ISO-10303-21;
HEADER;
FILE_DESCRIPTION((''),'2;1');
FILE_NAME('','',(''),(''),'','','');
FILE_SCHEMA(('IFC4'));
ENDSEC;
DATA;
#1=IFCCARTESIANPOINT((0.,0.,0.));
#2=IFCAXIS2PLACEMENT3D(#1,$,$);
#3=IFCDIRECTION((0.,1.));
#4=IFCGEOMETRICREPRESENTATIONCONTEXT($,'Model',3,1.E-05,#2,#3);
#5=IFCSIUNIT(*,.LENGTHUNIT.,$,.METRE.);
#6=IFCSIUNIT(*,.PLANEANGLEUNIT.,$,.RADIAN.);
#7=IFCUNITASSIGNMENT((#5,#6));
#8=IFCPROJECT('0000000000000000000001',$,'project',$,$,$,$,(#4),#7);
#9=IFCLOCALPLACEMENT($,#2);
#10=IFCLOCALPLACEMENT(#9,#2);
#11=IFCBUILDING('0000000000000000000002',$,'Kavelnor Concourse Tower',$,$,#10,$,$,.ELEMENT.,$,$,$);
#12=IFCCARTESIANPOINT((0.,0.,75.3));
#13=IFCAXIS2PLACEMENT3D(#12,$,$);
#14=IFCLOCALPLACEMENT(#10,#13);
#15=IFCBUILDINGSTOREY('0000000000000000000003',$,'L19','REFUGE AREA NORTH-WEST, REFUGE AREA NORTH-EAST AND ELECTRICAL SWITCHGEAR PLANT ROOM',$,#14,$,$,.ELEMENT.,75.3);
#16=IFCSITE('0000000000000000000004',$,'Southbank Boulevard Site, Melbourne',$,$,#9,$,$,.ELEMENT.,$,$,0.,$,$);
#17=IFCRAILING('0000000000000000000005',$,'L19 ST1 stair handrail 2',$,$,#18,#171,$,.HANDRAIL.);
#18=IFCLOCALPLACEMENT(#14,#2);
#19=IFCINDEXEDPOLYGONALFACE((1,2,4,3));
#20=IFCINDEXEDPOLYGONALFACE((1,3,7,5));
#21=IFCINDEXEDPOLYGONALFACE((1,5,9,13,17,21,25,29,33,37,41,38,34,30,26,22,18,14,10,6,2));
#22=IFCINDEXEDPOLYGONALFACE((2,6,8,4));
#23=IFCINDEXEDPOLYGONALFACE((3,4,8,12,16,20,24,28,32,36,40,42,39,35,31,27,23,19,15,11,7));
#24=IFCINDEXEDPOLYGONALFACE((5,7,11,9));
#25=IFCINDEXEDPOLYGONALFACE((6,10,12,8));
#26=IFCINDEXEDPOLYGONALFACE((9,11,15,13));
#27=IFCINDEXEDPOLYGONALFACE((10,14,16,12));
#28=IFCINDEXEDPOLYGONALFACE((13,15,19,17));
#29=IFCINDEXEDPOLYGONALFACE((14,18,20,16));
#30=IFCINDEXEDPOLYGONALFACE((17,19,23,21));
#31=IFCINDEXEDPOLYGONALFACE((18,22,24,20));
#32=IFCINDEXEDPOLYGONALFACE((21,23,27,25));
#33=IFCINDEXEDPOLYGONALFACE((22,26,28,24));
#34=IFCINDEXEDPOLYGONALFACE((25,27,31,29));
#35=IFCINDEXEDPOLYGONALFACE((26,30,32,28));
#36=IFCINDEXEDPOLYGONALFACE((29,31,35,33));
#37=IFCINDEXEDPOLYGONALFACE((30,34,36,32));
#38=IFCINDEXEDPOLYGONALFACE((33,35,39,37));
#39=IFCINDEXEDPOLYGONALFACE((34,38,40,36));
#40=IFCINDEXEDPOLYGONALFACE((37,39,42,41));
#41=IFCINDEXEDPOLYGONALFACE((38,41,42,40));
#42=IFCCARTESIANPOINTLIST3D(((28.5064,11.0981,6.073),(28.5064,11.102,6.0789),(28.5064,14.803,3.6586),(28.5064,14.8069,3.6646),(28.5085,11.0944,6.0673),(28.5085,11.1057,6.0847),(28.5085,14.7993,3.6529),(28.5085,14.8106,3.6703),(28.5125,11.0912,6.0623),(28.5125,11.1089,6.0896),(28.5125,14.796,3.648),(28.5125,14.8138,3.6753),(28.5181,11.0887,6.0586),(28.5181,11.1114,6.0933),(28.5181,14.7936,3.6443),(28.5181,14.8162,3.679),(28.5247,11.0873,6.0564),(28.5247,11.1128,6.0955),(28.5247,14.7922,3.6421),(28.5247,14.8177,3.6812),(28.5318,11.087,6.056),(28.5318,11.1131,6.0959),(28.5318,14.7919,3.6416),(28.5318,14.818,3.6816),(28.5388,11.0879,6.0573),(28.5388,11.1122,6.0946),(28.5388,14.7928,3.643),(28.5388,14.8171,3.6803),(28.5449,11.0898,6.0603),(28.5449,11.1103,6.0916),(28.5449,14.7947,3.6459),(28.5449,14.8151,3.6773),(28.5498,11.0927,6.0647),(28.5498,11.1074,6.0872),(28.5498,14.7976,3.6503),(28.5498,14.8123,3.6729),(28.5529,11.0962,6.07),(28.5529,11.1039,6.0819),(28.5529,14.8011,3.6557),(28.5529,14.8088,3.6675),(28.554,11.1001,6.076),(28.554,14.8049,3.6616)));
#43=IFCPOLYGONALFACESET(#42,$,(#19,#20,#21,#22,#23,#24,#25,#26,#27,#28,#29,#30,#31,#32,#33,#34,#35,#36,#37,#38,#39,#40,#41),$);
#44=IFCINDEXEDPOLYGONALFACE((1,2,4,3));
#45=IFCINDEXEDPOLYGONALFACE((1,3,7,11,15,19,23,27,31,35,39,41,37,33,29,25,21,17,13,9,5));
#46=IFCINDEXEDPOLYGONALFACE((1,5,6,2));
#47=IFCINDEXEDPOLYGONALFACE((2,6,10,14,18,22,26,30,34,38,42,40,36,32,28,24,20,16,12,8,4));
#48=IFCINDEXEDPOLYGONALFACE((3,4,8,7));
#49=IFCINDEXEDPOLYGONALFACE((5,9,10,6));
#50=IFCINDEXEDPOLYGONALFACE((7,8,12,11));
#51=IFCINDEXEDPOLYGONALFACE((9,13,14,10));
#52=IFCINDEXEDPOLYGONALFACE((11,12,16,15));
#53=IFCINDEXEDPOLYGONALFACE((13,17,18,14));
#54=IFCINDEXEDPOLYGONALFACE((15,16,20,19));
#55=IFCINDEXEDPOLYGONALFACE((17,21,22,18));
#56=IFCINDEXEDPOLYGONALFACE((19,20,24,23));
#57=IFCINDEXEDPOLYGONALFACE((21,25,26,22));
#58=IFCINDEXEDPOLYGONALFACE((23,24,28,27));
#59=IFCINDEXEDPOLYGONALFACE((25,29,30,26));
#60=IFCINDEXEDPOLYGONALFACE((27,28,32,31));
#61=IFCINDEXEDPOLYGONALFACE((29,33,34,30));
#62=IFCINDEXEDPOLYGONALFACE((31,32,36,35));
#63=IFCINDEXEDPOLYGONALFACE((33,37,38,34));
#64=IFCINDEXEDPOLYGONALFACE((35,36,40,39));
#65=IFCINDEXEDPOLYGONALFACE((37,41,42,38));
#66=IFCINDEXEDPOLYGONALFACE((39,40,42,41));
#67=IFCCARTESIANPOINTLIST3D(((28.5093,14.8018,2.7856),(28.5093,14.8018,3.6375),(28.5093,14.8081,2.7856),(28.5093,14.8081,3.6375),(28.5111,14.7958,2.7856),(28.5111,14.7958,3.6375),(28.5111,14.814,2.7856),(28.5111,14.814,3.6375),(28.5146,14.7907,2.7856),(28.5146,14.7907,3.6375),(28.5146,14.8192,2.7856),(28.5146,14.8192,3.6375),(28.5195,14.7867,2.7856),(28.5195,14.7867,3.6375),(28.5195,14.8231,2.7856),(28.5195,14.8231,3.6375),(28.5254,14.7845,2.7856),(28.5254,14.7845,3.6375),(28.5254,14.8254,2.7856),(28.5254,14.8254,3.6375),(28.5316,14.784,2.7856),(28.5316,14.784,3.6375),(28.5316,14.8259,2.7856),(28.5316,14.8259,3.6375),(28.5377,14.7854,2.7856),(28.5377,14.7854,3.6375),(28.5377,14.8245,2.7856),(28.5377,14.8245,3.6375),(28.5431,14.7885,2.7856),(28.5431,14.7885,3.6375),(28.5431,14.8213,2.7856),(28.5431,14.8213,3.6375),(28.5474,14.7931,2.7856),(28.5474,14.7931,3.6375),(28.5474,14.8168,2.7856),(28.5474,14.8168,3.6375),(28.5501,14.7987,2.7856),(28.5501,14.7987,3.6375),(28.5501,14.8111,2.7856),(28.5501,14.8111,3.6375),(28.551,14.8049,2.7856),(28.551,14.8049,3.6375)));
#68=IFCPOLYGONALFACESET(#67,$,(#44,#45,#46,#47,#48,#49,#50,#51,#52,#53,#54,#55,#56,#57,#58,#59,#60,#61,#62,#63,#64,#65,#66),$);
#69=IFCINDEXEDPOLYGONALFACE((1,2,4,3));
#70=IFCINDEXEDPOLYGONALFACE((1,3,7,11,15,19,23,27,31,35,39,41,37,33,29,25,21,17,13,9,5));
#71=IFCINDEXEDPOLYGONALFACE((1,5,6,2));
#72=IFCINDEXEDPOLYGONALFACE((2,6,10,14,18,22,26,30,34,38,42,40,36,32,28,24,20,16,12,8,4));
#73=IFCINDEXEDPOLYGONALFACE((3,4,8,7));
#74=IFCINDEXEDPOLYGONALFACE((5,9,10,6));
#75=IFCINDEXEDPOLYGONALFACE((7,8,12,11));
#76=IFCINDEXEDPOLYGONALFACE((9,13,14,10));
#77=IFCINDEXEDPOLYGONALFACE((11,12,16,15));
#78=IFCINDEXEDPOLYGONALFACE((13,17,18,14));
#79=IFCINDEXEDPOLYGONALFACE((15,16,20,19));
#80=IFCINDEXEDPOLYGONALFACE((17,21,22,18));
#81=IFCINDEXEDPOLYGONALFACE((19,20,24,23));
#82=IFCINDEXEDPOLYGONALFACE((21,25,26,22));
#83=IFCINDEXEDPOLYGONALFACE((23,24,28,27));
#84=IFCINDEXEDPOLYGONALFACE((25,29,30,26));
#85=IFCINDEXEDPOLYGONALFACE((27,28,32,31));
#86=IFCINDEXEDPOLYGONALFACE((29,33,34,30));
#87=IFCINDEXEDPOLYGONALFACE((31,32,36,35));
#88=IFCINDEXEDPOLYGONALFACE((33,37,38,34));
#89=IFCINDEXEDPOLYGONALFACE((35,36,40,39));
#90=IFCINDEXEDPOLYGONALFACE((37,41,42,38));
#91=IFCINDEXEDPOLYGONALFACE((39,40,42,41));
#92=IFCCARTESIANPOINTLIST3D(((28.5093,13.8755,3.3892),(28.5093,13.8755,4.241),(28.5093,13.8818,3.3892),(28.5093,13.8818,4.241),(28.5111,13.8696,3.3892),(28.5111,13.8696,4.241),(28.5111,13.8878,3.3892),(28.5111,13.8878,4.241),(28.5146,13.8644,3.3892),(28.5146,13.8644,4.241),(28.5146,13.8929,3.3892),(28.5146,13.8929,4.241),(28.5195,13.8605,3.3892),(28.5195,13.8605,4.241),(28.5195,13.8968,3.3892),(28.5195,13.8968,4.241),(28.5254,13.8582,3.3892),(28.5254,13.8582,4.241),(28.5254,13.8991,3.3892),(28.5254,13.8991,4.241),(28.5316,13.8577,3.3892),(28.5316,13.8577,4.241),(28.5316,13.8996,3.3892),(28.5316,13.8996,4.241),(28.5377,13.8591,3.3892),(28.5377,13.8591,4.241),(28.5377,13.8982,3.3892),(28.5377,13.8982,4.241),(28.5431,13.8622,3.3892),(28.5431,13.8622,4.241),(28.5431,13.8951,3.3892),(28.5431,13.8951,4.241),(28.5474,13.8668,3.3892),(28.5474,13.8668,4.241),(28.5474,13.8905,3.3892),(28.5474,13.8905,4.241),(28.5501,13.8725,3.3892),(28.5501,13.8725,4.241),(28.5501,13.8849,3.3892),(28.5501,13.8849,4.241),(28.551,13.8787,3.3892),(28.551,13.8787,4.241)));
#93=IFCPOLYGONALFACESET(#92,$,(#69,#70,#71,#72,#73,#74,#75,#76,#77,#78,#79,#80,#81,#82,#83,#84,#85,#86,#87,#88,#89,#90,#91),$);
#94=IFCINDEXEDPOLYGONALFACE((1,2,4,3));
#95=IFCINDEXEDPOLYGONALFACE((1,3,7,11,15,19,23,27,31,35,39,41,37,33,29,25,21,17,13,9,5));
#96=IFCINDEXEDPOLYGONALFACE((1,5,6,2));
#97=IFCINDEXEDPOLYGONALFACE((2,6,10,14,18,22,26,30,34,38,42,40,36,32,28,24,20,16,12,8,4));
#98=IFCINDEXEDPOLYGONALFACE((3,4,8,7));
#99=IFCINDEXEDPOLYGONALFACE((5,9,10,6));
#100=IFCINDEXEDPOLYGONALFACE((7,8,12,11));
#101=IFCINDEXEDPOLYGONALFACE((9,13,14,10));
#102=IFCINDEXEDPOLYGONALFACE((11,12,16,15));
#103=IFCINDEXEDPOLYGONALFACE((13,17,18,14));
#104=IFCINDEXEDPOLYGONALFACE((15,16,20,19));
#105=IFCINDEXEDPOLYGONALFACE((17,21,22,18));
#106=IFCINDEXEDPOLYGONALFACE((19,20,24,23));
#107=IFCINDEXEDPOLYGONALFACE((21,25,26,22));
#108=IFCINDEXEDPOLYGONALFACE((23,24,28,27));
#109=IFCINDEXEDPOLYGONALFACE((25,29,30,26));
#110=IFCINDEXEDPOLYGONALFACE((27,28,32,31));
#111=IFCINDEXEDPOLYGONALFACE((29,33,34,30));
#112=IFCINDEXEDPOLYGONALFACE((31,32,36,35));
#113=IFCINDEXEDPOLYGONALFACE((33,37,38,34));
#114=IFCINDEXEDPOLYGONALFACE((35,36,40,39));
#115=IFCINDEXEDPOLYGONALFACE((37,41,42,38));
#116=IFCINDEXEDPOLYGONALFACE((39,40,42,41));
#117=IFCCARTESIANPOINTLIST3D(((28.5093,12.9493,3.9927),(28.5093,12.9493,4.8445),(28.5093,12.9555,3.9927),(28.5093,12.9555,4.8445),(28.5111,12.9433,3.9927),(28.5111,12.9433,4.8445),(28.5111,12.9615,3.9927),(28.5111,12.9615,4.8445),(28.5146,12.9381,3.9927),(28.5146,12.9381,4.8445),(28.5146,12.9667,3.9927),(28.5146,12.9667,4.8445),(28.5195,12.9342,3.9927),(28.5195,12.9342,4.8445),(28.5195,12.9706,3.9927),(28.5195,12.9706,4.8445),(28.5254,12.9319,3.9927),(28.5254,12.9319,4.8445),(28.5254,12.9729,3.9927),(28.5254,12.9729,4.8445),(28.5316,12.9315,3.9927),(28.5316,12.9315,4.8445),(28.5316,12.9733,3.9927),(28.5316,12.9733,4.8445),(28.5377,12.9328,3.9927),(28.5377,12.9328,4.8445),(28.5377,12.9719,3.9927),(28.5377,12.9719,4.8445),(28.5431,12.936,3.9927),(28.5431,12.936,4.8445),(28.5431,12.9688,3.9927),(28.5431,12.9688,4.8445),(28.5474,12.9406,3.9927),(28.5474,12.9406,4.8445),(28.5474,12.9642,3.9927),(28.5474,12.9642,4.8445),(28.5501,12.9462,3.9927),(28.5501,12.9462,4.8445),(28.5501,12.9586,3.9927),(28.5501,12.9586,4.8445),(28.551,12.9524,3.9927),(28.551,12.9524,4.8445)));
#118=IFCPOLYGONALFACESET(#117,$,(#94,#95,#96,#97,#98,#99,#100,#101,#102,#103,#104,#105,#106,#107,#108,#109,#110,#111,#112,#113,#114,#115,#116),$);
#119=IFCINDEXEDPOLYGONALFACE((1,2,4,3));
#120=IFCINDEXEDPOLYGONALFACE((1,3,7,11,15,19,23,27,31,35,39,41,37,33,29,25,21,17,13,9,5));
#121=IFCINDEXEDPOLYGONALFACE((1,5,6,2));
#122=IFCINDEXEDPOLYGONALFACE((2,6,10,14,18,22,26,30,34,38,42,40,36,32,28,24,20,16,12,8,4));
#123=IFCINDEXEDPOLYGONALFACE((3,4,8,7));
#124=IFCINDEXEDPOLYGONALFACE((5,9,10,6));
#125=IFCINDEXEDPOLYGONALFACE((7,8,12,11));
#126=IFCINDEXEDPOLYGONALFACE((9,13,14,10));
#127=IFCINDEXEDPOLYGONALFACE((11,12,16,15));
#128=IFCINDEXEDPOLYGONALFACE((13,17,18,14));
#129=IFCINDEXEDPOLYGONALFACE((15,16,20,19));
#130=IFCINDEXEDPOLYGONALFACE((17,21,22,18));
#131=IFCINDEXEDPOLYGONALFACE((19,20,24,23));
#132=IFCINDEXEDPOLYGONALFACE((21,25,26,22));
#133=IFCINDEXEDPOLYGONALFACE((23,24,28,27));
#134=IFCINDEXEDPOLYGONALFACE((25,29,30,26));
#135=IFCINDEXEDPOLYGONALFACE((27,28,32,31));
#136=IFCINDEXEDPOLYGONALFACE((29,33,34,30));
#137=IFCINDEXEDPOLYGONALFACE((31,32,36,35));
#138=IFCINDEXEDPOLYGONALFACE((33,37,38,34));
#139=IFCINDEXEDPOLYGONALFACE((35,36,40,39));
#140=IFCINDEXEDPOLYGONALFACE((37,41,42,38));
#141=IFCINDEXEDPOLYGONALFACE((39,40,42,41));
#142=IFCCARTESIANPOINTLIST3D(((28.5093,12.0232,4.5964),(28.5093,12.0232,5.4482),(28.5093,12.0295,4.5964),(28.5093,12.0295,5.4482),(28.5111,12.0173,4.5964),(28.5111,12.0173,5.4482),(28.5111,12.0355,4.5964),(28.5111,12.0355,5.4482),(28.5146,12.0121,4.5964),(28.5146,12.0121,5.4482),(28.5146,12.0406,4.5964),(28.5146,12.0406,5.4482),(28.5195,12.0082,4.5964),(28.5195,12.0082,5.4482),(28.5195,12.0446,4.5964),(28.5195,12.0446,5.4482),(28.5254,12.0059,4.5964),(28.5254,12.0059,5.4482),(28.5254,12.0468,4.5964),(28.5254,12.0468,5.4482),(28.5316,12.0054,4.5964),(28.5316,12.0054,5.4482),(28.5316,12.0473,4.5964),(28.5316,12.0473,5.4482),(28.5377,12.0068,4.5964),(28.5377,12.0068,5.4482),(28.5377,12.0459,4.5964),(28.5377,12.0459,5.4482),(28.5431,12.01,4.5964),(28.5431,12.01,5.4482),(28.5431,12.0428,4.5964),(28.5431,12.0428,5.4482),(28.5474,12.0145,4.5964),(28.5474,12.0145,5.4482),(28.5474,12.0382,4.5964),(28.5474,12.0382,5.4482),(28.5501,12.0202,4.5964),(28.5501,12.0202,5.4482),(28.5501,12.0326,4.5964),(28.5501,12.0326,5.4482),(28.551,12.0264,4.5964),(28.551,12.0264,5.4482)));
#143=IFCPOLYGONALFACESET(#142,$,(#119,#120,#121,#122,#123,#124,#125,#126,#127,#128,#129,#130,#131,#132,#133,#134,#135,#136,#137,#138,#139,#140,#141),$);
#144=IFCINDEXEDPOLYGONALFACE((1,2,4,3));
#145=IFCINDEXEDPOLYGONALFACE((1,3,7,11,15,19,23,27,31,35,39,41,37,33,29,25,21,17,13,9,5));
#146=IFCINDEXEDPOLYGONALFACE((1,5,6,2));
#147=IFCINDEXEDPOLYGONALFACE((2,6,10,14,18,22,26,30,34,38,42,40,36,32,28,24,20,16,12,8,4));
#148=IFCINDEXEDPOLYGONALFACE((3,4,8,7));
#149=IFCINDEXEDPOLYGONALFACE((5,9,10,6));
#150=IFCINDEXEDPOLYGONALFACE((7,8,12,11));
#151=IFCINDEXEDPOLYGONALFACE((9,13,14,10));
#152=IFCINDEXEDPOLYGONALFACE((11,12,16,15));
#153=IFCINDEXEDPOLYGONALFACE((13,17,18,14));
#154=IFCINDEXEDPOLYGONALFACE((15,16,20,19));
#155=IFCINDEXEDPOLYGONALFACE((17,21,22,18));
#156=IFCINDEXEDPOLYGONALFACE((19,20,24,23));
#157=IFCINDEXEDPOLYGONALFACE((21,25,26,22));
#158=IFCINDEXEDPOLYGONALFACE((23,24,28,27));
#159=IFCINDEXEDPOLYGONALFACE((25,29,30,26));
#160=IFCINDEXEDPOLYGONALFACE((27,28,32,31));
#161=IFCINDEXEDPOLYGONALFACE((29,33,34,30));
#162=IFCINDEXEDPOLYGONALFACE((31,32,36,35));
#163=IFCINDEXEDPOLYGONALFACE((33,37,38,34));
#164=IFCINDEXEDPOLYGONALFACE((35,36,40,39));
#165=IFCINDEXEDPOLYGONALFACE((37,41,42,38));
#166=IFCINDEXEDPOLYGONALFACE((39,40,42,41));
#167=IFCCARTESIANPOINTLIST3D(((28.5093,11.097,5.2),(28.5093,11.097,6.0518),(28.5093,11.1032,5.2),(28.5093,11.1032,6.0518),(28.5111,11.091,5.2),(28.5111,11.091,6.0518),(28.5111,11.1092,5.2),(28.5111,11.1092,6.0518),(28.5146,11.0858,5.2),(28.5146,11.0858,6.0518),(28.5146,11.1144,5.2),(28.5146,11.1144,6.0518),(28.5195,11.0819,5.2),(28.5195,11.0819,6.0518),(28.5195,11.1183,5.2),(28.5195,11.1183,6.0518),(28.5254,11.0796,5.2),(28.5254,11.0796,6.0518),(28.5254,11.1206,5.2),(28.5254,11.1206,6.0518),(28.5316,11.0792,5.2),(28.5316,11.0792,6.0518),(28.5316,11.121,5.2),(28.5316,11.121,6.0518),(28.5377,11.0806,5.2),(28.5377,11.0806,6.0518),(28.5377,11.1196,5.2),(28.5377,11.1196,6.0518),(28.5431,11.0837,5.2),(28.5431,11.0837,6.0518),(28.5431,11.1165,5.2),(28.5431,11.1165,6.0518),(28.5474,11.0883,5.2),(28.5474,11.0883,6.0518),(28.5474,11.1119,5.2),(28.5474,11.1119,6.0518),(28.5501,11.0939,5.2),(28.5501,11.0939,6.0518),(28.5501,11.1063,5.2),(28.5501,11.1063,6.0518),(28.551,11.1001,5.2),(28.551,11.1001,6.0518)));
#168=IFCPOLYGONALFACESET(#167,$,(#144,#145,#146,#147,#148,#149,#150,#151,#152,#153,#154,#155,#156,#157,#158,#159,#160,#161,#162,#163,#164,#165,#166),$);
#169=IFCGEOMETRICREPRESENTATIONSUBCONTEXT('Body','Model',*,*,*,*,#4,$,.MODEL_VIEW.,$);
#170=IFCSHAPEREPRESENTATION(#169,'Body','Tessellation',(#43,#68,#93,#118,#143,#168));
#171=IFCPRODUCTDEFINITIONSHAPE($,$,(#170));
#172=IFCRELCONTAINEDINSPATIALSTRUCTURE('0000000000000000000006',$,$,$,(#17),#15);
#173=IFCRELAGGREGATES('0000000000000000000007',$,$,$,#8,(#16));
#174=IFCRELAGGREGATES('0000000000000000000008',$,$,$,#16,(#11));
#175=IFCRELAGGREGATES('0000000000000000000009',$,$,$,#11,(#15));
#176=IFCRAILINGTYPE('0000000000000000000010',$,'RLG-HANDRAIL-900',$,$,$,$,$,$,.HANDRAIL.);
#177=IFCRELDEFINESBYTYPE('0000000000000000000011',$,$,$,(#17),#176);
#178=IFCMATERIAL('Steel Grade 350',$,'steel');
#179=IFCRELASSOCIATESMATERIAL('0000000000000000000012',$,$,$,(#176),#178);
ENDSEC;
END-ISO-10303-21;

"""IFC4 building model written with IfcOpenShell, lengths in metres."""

from ifc_helpers import new_model, si_unit, direction, frame, origin, origin_2d, place, context, subcontext, project, spatial, circle, extrude, material, type_object, element, save


model = new_model("IFC4")

# Units and contexts
model_context = context("Model", 3, precision=1e-05, world=origin(), true_north=direction((0.0, 1.0)))
body_context = subcontext(model_context, "Body", "Model", "MODEL_VIEW")
ifc_project = project(units=[si_unit("LENGTHUNIT", "METRE"), si_unit("PLANEANGLEUNIT", "RADIAN")], contexts=[model_context])

# Site, building, storey
site_placement = place(None, origin())
site = spatial("IfcSite", under=ifc_project, at=site_placement, Name="Southbank Boulevard Site, Melbourne", CompositionType="ELEMENT", RefElevation=0.0)
building_placement = place(site_placement, origin())
building = spatial("IfcBuilding", under=site, at=building_placement, Name="Kavelnor Concourse Tower", CompositionType="ELEMENT")
storey_placement = place(building_placement, frame((0.0, 0.0, 75.3)))
storey = spatial("IfcBuildingStorey", under=building, at=storey_placement, Name="L19", Description="REFUGE AREA NORTH-WEST, REFUGE AREA NORTH-EAST AND ELECTRICAL SWITCHGEAR PLANT ROOM", CompositionType="ELEMENT", Elevation=75.3)

# Shared definitions
ifc_material_1 = material(Name="Steel Grade 350", Category="steel")

# Railing
railing_type_1 = type_object("IfcRailingType", Name="RLG-HANDRAIL-900", PredefinedType="HANDRAIL", material=ifc_material_1)
railing_1_placement = place(storey_placement, frame((28.53, 14.8049, 2.7856)))
element("IfcRailing", 1, at=railing_1_placement, inside=storey, type_object=railing_type_1, Name="L19 ST1 stair handrail 2", PredefinedType="HANDRAIL", context=body_context, shape_type="SweptSolid", body=[
    extrude(circle(Radius=0.0239, at=origin_2d()), frame((0.0, 0.0, 0.876), z_axis=(0.0, -0.837806, 0.545968), x_axis=(1.0, 0.0, 0.0)), (0.0, 0.0, 1.0), 4.4221),
    extrude(circle(Radius=0.021, at=origin_2d()), origin(), (0.0, 0.0, 1.0), 0.8518),
    extrude(circle(Radius=0.021, at=origin_2d()), frame((0.0, -0.9263, 0.6035)), (0.0, 0.0, 1.0), 0.8518),
    extrude(circle(Radius=0.021, at=origin_2d()), frame((0.0, -1.8525, 1.207)), (0.0, 0.0, 1.0), 0.8518),
    extrude(circle(Radius=0.021, at=origin_2d()), frame((0.0, -2.7786, 1.8108)), (0.0, 0.0, 1.0), 0.8518),
    extrude(circle(Radius=0.021, at=origin_2d()), frame((0.0, -3.7048, 2.4143)), (0.0, 0.0, 1.0), 0.8518),
])

save(model, "model.ifc")
